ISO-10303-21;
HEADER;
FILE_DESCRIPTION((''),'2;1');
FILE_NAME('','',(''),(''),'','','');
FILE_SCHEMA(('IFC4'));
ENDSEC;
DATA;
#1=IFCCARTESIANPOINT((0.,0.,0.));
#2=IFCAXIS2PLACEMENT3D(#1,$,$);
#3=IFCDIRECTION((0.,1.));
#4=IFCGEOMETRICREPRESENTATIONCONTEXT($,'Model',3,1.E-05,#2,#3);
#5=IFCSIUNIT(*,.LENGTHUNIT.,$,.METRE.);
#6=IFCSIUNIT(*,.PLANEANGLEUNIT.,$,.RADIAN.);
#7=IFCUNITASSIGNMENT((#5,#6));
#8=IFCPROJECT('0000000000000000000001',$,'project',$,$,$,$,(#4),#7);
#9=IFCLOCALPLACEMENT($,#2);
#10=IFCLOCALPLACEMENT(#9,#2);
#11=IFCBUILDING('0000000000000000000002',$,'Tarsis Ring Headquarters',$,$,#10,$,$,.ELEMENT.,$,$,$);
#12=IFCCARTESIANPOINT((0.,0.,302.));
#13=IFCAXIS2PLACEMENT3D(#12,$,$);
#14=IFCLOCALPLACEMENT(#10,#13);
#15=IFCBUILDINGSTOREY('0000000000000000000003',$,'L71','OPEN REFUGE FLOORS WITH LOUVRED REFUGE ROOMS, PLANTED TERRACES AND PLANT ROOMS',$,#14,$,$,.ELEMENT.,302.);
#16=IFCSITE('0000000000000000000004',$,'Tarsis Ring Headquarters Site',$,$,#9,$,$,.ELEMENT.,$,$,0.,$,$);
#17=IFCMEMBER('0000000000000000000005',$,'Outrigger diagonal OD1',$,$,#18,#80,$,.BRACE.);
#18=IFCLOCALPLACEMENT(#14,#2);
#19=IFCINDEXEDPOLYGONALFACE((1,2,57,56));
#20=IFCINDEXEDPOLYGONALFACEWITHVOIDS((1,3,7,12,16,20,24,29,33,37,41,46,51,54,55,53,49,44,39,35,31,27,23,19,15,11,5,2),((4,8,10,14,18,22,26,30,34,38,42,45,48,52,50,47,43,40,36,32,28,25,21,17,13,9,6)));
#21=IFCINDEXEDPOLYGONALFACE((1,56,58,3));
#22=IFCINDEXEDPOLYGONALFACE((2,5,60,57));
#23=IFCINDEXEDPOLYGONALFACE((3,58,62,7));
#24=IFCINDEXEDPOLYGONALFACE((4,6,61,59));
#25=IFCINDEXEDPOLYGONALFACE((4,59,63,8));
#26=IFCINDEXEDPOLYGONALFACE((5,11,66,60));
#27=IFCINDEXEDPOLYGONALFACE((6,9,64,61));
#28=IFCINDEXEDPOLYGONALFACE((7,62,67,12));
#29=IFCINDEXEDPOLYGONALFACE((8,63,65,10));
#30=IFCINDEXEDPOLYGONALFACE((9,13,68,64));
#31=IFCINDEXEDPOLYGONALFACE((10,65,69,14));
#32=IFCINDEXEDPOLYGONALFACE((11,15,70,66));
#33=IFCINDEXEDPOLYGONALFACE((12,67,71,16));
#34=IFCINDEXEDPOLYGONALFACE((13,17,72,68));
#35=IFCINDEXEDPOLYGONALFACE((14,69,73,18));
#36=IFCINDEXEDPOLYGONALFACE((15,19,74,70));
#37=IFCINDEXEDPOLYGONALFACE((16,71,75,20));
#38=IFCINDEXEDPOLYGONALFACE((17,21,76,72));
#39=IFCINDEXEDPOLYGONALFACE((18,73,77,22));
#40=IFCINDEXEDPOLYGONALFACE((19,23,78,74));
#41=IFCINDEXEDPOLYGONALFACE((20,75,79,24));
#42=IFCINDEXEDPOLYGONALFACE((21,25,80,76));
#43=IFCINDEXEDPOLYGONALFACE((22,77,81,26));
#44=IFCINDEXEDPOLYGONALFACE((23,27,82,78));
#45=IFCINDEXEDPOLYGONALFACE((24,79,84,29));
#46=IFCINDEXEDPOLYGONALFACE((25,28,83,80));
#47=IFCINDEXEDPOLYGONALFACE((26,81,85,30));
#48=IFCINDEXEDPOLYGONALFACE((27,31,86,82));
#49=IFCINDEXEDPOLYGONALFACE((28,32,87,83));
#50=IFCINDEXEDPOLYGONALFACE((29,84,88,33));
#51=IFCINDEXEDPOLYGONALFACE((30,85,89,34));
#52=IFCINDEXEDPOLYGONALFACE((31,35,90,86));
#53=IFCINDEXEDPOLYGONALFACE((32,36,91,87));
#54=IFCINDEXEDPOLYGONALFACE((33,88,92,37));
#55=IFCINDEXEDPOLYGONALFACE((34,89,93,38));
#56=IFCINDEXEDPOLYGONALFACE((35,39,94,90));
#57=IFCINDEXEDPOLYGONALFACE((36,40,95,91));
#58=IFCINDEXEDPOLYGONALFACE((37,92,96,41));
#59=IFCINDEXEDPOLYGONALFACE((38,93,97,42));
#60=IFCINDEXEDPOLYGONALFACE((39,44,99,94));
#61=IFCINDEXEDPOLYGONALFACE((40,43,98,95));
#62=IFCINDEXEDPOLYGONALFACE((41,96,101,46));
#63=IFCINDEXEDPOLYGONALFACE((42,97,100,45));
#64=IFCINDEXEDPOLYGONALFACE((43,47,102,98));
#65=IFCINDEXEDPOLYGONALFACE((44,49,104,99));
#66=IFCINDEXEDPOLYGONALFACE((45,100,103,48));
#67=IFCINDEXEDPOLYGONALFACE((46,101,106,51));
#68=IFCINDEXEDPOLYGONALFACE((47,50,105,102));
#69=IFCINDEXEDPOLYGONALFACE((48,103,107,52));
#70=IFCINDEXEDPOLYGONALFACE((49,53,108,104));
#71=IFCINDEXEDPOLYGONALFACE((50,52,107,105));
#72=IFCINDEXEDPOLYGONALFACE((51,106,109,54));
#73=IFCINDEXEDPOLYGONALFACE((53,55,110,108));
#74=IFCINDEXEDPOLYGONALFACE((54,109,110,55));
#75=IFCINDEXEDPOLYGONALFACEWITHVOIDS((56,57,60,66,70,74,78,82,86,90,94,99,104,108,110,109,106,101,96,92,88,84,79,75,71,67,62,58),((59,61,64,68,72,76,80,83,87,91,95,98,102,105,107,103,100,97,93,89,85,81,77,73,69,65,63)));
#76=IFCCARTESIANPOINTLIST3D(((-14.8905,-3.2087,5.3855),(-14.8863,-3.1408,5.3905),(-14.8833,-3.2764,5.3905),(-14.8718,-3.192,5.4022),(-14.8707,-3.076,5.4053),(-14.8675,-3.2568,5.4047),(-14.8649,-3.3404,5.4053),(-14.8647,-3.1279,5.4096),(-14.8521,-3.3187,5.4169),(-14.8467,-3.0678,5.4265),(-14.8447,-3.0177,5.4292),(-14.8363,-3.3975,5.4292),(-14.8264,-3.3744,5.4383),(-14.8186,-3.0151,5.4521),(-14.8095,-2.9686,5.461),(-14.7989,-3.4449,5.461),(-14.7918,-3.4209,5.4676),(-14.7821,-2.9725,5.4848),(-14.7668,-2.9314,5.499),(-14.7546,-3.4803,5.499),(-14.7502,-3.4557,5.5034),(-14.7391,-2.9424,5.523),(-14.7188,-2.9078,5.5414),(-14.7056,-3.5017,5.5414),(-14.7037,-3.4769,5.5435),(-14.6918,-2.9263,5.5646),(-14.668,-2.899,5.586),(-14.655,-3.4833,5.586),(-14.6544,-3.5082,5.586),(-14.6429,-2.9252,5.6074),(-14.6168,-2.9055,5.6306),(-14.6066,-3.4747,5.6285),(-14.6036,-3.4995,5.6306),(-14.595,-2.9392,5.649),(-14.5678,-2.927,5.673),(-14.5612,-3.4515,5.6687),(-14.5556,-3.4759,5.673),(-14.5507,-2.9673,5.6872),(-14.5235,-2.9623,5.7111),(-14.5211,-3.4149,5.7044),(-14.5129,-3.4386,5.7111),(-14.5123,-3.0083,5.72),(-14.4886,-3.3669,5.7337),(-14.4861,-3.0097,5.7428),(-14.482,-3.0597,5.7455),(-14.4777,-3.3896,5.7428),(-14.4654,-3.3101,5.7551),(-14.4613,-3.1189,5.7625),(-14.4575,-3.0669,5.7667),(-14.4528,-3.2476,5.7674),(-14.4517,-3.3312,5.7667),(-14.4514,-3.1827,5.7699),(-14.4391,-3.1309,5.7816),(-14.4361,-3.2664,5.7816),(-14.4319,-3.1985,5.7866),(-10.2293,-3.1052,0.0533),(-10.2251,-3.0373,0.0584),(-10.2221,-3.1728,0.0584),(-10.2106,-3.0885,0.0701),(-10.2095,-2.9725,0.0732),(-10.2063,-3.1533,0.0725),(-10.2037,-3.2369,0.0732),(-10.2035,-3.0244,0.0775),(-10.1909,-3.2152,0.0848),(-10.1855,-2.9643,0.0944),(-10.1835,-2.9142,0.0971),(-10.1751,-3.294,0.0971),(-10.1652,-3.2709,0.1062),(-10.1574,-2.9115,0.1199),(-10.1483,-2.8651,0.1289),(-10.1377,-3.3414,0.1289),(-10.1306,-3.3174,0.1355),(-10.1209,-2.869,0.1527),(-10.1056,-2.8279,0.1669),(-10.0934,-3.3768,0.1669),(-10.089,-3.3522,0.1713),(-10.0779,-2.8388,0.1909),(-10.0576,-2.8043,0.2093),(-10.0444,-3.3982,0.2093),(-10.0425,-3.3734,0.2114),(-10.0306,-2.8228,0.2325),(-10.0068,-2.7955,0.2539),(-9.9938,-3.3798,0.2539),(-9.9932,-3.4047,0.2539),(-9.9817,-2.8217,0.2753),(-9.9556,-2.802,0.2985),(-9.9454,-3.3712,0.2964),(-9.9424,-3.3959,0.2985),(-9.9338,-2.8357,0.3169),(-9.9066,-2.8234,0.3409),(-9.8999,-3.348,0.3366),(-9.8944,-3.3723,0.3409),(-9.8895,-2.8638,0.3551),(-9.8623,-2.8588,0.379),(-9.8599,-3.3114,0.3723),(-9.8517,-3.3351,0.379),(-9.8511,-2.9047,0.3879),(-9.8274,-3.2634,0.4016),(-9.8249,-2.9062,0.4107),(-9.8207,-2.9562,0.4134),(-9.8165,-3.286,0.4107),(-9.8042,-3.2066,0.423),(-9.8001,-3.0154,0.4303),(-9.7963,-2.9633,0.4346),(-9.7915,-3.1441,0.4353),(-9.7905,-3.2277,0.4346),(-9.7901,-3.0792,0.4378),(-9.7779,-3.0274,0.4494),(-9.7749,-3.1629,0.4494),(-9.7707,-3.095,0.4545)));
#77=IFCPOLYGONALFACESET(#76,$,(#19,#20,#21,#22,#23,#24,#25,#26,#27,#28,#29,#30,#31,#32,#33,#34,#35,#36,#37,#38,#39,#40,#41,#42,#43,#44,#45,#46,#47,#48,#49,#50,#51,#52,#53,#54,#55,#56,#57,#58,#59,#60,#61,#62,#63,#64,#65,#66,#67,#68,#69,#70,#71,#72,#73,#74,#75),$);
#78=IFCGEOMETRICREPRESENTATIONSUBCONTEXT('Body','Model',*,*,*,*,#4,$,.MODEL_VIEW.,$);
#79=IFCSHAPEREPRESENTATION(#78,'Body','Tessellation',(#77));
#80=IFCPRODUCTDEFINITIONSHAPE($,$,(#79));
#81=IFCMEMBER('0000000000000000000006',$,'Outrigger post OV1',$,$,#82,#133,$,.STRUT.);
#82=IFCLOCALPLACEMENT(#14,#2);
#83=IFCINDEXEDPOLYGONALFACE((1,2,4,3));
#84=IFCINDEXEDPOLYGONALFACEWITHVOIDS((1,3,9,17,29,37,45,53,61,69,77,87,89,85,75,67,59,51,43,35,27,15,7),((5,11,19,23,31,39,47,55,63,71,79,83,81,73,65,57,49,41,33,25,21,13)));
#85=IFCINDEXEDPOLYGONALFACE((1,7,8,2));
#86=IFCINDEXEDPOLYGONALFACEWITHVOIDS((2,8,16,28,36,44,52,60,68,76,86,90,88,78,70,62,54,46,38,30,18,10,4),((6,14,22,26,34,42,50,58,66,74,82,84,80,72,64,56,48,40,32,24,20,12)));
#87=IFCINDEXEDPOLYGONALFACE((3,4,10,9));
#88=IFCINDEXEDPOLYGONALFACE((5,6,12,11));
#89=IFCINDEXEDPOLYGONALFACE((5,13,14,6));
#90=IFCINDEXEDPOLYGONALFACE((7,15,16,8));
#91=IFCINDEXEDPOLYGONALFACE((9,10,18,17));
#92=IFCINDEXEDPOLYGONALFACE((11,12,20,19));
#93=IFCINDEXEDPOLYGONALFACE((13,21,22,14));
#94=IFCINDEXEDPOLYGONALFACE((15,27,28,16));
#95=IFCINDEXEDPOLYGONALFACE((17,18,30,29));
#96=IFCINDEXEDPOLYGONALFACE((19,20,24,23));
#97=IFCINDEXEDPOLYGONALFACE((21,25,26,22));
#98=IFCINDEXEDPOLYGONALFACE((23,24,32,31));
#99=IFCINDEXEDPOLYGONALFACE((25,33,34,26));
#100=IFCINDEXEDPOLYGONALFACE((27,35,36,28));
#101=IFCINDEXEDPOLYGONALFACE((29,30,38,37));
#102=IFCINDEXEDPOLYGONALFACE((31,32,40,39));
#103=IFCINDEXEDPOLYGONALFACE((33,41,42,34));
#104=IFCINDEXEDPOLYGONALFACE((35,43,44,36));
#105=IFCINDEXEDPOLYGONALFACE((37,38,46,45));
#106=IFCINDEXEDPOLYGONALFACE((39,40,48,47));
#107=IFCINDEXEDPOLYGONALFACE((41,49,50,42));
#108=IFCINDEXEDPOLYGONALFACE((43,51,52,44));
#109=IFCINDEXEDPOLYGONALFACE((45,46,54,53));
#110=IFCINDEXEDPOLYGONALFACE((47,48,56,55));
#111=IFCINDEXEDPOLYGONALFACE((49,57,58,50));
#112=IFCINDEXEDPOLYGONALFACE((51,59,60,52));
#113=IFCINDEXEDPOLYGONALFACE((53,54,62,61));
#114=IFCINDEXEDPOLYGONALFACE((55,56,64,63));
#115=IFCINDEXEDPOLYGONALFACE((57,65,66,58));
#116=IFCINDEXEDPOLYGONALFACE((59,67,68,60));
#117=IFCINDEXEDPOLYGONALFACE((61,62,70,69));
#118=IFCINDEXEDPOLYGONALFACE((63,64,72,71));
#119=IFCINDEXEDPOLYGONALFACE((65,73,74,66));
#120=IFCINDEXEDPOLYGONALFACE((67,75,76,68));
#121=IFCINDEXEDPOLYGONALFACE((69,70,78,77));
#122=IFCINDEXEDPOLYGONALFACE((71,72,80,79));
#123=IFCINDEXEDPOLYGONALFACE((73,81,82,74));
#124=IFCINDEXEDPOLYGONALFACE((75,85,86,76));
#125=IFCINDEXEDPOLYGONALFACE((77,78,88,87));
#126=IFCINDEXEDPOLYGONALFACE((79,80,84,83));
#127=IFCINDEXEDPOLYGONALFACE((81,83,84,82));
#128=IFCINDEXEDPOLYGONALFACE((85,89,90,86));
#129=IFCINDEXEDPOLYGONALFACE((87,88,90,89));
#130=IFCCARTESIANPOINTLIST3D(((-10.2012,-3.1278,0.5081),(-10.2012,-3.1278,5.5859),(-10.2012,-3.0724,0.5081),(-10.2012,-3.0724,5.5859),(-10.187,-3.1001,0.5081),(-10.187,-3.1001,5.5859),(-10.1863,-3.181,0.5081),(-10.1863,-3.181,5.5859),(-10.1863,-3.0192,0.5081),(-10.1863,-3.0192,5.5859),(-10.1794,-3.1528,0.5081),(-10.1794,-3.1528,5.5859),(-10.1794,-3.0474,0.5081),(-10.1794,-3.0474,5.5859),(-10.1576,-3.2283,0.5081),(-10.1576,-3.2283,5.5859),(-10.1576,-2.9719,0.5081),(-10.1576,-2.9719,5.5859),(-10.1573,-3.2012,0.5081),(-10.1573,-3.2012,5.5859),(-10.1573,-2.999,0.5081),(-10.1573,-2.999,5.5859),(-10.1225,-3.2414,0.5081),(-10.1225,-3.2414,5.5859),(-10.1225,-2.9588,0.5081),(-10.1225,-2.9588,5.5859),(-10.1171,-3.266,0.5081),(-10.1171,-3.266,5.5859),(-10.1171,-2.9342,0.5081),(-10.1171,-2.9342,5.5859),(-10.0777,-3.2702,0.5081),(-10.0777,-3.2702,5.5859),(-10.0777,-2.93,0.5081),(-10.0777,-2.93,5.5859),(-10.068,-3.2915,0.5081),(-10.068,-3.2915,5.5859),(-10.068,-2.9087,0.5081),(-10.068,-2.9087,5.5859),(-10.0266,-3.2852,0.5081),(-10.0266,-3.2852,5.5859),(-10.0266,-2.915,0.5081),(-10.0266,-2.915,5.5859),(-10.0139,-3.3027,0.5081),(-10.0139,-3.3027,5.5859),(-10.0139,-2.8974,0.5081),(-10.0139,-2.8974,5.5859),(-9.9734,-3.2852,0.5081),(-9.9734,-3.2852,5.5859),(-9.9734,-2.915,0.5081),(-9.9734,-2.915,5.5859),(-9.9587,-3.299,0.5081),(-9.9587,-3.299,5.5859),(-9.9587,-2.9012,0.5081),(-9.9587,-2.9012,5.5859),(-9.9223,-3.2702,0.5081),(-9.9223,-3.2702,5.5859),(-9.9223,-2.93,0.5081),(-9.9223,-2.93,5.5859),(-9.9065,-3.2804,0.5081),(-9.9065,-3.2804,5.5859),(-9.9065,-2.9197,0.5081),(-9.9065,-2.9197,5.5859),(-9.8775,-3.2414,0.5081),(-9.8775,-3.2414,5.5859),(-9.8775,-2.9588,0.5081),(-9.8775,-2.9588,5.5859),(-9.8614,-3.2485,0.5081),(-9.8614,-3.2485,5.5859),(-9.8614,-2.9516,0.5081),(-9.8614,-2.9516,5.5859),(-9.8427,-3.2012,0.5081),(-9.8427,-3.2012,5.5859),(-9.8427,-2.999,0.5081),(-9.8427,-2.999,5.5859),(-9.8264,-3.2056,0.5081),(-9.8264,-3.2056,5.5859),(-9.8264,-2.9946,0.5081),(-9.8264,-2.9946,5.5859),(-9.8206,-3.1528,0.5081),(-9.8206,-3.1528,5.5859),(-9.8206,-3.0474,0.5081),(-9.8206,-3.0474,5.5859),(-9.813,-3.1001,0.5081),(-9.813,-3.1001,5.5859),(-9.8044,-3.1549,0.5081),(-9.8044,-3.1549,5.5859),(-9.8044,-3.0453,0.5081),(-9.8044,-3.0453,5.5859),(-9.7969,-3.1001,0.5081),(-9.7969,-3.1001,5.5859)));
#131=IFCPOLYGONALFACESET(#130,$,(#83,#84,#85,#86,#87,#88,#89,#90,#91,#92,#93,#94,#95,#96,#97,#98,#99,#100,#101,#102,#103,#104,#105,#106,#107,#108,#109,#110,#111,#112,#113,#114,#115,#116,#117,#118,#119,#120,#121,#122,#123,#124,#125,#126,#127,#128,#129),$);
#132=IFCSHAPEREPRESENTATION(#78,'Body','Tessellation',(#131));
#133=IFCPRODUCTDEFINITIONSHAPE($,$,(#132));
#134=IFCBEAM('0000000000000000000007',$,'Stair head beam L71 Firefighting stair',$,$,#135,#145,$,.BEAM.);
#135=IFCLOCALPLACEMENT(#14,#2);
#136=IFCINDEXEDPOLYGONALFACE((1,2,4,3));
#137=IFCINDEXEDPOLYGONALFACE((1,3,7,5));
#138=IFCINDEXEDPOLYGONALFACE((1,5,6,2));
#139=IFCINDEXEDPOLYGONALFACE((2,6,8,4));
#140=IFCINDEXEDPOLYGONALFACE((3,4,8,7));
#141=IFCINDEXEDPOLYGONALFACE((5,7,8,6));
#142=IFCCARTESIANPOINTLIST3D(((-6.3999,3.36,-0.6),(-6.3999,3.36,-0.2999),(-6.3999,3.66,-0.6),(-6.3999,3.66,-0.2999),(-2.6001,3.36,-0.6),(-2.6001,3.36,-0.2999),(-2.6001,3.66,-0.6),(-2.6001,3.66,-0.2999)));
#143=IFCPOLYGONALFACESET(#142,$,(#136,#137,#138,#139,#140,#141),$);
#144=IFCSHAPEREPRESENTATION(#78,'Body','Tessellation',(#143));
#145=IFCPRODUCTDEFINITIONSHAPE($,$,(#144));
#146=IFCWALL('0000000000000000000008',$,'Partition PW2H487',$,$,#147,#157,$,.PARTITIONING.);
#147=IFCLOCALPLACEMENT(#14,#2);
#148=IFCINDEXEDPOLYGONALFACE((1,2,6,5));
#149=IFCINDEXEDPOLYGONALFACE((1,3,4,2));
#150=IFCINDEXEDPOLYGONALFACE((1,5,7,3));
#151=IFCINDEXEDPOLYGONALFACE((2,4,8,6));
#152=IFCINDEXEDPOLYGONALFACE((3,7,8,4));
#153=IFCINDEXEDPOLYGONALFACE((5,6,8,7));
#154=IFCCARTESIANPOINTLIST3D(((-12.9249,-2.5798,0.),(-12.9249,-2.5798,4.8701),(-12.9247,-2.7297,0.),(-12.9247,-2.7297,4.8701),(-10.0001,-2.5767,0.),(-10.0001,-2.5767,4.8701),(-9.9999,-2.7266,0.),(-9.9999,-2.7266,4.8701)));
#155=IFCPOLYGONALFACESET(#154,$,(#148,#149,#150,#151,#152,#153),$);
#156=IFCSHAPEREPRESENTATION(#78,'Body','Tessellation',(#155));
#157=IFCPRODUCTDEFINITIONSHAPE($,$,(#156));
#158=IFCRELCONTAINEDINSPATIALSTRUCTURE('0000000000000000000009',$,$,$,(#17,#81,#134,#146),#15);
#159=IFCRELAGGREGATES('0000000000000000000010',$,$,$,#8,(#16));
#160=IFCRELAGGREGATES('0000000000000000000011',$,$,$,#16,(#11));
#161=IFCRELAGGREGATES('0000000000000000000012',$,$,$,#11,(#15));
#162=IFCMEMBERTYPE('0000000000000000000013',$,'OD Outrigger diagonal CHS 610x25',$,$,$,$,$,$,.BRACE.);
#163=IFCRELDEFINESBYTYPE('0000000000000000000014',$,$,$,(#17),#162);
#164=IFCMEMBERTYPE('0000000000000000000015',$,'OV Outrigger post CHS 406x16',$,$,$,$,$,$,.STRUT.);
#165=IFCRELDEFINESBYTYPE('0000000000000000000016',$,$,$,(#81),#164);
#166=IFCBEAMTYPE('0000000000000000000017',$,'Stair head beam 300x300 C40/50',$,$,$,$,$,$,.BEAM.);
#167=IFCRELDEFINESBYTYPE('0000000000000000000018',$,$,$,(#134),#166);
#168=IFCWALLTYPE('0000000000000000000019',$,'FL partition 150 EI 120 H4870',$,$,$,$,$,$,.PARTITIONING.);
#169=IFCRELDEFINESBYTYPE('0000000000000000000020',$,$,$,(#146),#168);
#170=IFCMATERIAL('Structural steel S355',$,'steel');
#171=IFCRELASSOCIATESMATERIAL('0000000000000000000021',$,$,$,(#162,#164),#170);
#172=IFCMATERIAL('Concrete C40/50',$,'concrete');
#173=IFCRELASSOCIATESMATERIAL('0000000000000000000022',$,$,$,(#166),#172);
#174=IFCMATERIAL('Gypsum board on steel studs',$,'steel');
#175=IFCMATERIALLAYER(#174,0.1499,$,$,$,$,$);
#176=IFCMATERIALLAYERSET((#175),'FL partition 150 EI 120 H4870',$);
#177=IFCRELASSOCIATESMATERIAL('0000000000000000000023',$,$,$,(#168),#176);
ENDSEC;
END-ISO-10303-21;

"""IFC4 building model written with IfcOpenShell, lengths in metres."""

from ifc_helpers import new_model, si_unit, direction, frame, frame_2d, origin, origin_2d, place, context, subcontext, project, spatial, rectangle, hollow_circle, extrude, material, layer, layer_set, material_profile, profile_set, type_object, element, save


model = new_model("IFC4")

# Units and contexts
model_context = context("Model", 3, precision=1e-05, world=origin(), true_north=direction((0.0, 1.0)))
body_context = subcontext(model_context, "Body", "Model", "MODEL_VIEW")
ifc_project = project(units=[si_unit("LENGTHUNIT", "METRE"), si_unit("PLANEANGLEUNIT", "RADIAN")], contexts=[model_context])

# Site, building, storey
site_placement = place(None, origin())
site = spatial("IfcSite", under=ifc_project, at=site_placement, Name="Tarsis Ring Headquarters Site", CompositionType="ELEMENT", RefElevation=0.0)
building_placement = place(site_placement, origin())
building = spatial("IfcBuilding", under=site, at=building_placement, Name="Tarsis Ring Headquarters", CompositionType="ELEMENT")
storey_placement = place(building_placement, frame((0.0, 0.0, 302.0)))
storey = spatial("IfcBuildingStorey", under=building, at=storey_placement, Name="L71", Description="OPEN REFUGE FLOORS WITH LOUVRED REFUGE ROOMS, PLANTED TERRACES AND PLANT ROOMS", CompositionType="ELEMENT", Elevation=302.0)

# Members
ifc_material_1 = material(Name="Structural steel S355", Category="steel")
ifc_material_profile_1 = material_profile(ifc_material_1, hollow_circle(Radius=0.3047, WallThickness=0.0249, at=origin_2d()), Name="CHS 610x25")
ifc_profile_set_1 = profile_set([ifc_material_profile_1], Name="Structural steel S355")
member_type_1 = type_object("IfcMemberType", Name="OD Outrigger diagonal CHS 610x25", PredefinedType="BRACE", material=ifc_profile_set_1)
member_1_placement = place(storey_placement, frame((-10.0, -3.1001, 0.2539), z_axis=(-0.658083, -0.014615, 0.752804), x_axis=(0.022203, -0.999753, 0.0)))
element("IfcMember", 1, at=member_1_placement, inside=storey, type_object=member_type_1, Name="Outrigger diagonal OD1", PredefinedType="BRACE", context=body_context, shape_type="SweptSolid", body=[
    extrude(hollow_circle(Radius=0.3047, WallThickness=0.0249, at=origin_2d()), origin(), (0.0, 0.0, 1.0), 7.083),
])
ifc_material_profile_2 = material_profile(ifc_material_1, hollow_circle(Radius=0.2031, WallThickness=0.0161, at=origin_2d()), Name="CHS 406x16")
ifc_profile_set_2 = profile_set([ifc_material_profile_2], Name="Structural steel S355")
member_type_2 = type_object("IfcMemberType", Name="OV Outrigger post CHS 406x16", PredefinedType="STRUT", material=ifc_profile_set_2)
member_2_placement = place(storey_placement, frame((-10.0, -3.1001, 0.5081), z_axis=(0.0, 0.0, 1.0), x_axis=(1.0, 0.0, 0.0)))
element("IfcMember", 2, at=member_2_placement, inside=storey, type_object=member_type_2, Name="Outrigger post OV1", PredefinedType="STRUT", context=body_context, shape_type="SweptSolid", body=[
    extrude(hollow_circle(Radius=0.2031, WallThickness=0.0161, at=origin_2d()), origin(), (0.0, 0.0, 1.0), 5.0779),
])

# Beam
ifc_material_2 = material(Name="Concrete C40/50", Category="concrete")
ifc_material_profile_3 = material_profile(ifc_material_2, rectangle(XDim=0.3, YDim=0.3, at=origin_2d()), Name="Stair head beam 300x300 C40/50")
ifc_profile_set_3 = profile_set([ifc_material_profile_3], Name="Concrete C40/50")
beam_type = type_object("IfcBeamType", Name="Stair head beam 300x300 C40/50", PredefinedType="BEAM", material=ifc_profile_set_3)
beam_placement = place(storey_placement, frame((-6.3999, 3.51, -0.45), z_axis=(1.0, 0.0, 0.0), x_axis=(0.0, 1.0, 0.0)))
element("IfcBeam", 3, at=beam_placement, inside=storey, type_object=beam_type, Name="Stair head beam L71 Firefighting stair", PredefinedType="BEAM", context=body_context, shape_type="SweptSolid", body=[
    extrude(rectangle(XDim=0.3, YDim=0.3, at=origin_2d()), origin(), (0.0, 0.0, 1.0), 3.7998),
])

# Wall
ifc_material_3 = material(Name="Gypsum board on steel studs", Category="steel")
ifc_layer_1 = layer(ifc_material_3, 0.1499)
ifc_layer_set_1 = layer_set([ifc_layer_1], Name="FL partition 150 EI 120 H4870")
wall_type_1 = type_object("IfcWallType", Name="FL partition 150 EI 120 H4870", PredefinedType="PARTITIONING", material=ifc_layer_set_1)
wall_1_placement = place(storey_placement, frame((-12.9248, -2.6548, 0.0), z_axis=(0.0, 0.0, 1.0), x_axis=(0.999999, 0.001085, 0.0)))
element("IfcWall", 4, at=wall_1_placement, inside=storey, type_object=wall_type_1, Name="Partition PW2H487", PredefinedType="PARTITIONING", context=body_context, shape_type="SweptSolid", body=[
    extrude(rectangle(XDim=2.9248, YDim=0.1499, at=frame_2d((1.4624, 0.0))), origin(), (0.0, 0.0, 1.0), 4.8701),
])

save(model, "model.ifc")
